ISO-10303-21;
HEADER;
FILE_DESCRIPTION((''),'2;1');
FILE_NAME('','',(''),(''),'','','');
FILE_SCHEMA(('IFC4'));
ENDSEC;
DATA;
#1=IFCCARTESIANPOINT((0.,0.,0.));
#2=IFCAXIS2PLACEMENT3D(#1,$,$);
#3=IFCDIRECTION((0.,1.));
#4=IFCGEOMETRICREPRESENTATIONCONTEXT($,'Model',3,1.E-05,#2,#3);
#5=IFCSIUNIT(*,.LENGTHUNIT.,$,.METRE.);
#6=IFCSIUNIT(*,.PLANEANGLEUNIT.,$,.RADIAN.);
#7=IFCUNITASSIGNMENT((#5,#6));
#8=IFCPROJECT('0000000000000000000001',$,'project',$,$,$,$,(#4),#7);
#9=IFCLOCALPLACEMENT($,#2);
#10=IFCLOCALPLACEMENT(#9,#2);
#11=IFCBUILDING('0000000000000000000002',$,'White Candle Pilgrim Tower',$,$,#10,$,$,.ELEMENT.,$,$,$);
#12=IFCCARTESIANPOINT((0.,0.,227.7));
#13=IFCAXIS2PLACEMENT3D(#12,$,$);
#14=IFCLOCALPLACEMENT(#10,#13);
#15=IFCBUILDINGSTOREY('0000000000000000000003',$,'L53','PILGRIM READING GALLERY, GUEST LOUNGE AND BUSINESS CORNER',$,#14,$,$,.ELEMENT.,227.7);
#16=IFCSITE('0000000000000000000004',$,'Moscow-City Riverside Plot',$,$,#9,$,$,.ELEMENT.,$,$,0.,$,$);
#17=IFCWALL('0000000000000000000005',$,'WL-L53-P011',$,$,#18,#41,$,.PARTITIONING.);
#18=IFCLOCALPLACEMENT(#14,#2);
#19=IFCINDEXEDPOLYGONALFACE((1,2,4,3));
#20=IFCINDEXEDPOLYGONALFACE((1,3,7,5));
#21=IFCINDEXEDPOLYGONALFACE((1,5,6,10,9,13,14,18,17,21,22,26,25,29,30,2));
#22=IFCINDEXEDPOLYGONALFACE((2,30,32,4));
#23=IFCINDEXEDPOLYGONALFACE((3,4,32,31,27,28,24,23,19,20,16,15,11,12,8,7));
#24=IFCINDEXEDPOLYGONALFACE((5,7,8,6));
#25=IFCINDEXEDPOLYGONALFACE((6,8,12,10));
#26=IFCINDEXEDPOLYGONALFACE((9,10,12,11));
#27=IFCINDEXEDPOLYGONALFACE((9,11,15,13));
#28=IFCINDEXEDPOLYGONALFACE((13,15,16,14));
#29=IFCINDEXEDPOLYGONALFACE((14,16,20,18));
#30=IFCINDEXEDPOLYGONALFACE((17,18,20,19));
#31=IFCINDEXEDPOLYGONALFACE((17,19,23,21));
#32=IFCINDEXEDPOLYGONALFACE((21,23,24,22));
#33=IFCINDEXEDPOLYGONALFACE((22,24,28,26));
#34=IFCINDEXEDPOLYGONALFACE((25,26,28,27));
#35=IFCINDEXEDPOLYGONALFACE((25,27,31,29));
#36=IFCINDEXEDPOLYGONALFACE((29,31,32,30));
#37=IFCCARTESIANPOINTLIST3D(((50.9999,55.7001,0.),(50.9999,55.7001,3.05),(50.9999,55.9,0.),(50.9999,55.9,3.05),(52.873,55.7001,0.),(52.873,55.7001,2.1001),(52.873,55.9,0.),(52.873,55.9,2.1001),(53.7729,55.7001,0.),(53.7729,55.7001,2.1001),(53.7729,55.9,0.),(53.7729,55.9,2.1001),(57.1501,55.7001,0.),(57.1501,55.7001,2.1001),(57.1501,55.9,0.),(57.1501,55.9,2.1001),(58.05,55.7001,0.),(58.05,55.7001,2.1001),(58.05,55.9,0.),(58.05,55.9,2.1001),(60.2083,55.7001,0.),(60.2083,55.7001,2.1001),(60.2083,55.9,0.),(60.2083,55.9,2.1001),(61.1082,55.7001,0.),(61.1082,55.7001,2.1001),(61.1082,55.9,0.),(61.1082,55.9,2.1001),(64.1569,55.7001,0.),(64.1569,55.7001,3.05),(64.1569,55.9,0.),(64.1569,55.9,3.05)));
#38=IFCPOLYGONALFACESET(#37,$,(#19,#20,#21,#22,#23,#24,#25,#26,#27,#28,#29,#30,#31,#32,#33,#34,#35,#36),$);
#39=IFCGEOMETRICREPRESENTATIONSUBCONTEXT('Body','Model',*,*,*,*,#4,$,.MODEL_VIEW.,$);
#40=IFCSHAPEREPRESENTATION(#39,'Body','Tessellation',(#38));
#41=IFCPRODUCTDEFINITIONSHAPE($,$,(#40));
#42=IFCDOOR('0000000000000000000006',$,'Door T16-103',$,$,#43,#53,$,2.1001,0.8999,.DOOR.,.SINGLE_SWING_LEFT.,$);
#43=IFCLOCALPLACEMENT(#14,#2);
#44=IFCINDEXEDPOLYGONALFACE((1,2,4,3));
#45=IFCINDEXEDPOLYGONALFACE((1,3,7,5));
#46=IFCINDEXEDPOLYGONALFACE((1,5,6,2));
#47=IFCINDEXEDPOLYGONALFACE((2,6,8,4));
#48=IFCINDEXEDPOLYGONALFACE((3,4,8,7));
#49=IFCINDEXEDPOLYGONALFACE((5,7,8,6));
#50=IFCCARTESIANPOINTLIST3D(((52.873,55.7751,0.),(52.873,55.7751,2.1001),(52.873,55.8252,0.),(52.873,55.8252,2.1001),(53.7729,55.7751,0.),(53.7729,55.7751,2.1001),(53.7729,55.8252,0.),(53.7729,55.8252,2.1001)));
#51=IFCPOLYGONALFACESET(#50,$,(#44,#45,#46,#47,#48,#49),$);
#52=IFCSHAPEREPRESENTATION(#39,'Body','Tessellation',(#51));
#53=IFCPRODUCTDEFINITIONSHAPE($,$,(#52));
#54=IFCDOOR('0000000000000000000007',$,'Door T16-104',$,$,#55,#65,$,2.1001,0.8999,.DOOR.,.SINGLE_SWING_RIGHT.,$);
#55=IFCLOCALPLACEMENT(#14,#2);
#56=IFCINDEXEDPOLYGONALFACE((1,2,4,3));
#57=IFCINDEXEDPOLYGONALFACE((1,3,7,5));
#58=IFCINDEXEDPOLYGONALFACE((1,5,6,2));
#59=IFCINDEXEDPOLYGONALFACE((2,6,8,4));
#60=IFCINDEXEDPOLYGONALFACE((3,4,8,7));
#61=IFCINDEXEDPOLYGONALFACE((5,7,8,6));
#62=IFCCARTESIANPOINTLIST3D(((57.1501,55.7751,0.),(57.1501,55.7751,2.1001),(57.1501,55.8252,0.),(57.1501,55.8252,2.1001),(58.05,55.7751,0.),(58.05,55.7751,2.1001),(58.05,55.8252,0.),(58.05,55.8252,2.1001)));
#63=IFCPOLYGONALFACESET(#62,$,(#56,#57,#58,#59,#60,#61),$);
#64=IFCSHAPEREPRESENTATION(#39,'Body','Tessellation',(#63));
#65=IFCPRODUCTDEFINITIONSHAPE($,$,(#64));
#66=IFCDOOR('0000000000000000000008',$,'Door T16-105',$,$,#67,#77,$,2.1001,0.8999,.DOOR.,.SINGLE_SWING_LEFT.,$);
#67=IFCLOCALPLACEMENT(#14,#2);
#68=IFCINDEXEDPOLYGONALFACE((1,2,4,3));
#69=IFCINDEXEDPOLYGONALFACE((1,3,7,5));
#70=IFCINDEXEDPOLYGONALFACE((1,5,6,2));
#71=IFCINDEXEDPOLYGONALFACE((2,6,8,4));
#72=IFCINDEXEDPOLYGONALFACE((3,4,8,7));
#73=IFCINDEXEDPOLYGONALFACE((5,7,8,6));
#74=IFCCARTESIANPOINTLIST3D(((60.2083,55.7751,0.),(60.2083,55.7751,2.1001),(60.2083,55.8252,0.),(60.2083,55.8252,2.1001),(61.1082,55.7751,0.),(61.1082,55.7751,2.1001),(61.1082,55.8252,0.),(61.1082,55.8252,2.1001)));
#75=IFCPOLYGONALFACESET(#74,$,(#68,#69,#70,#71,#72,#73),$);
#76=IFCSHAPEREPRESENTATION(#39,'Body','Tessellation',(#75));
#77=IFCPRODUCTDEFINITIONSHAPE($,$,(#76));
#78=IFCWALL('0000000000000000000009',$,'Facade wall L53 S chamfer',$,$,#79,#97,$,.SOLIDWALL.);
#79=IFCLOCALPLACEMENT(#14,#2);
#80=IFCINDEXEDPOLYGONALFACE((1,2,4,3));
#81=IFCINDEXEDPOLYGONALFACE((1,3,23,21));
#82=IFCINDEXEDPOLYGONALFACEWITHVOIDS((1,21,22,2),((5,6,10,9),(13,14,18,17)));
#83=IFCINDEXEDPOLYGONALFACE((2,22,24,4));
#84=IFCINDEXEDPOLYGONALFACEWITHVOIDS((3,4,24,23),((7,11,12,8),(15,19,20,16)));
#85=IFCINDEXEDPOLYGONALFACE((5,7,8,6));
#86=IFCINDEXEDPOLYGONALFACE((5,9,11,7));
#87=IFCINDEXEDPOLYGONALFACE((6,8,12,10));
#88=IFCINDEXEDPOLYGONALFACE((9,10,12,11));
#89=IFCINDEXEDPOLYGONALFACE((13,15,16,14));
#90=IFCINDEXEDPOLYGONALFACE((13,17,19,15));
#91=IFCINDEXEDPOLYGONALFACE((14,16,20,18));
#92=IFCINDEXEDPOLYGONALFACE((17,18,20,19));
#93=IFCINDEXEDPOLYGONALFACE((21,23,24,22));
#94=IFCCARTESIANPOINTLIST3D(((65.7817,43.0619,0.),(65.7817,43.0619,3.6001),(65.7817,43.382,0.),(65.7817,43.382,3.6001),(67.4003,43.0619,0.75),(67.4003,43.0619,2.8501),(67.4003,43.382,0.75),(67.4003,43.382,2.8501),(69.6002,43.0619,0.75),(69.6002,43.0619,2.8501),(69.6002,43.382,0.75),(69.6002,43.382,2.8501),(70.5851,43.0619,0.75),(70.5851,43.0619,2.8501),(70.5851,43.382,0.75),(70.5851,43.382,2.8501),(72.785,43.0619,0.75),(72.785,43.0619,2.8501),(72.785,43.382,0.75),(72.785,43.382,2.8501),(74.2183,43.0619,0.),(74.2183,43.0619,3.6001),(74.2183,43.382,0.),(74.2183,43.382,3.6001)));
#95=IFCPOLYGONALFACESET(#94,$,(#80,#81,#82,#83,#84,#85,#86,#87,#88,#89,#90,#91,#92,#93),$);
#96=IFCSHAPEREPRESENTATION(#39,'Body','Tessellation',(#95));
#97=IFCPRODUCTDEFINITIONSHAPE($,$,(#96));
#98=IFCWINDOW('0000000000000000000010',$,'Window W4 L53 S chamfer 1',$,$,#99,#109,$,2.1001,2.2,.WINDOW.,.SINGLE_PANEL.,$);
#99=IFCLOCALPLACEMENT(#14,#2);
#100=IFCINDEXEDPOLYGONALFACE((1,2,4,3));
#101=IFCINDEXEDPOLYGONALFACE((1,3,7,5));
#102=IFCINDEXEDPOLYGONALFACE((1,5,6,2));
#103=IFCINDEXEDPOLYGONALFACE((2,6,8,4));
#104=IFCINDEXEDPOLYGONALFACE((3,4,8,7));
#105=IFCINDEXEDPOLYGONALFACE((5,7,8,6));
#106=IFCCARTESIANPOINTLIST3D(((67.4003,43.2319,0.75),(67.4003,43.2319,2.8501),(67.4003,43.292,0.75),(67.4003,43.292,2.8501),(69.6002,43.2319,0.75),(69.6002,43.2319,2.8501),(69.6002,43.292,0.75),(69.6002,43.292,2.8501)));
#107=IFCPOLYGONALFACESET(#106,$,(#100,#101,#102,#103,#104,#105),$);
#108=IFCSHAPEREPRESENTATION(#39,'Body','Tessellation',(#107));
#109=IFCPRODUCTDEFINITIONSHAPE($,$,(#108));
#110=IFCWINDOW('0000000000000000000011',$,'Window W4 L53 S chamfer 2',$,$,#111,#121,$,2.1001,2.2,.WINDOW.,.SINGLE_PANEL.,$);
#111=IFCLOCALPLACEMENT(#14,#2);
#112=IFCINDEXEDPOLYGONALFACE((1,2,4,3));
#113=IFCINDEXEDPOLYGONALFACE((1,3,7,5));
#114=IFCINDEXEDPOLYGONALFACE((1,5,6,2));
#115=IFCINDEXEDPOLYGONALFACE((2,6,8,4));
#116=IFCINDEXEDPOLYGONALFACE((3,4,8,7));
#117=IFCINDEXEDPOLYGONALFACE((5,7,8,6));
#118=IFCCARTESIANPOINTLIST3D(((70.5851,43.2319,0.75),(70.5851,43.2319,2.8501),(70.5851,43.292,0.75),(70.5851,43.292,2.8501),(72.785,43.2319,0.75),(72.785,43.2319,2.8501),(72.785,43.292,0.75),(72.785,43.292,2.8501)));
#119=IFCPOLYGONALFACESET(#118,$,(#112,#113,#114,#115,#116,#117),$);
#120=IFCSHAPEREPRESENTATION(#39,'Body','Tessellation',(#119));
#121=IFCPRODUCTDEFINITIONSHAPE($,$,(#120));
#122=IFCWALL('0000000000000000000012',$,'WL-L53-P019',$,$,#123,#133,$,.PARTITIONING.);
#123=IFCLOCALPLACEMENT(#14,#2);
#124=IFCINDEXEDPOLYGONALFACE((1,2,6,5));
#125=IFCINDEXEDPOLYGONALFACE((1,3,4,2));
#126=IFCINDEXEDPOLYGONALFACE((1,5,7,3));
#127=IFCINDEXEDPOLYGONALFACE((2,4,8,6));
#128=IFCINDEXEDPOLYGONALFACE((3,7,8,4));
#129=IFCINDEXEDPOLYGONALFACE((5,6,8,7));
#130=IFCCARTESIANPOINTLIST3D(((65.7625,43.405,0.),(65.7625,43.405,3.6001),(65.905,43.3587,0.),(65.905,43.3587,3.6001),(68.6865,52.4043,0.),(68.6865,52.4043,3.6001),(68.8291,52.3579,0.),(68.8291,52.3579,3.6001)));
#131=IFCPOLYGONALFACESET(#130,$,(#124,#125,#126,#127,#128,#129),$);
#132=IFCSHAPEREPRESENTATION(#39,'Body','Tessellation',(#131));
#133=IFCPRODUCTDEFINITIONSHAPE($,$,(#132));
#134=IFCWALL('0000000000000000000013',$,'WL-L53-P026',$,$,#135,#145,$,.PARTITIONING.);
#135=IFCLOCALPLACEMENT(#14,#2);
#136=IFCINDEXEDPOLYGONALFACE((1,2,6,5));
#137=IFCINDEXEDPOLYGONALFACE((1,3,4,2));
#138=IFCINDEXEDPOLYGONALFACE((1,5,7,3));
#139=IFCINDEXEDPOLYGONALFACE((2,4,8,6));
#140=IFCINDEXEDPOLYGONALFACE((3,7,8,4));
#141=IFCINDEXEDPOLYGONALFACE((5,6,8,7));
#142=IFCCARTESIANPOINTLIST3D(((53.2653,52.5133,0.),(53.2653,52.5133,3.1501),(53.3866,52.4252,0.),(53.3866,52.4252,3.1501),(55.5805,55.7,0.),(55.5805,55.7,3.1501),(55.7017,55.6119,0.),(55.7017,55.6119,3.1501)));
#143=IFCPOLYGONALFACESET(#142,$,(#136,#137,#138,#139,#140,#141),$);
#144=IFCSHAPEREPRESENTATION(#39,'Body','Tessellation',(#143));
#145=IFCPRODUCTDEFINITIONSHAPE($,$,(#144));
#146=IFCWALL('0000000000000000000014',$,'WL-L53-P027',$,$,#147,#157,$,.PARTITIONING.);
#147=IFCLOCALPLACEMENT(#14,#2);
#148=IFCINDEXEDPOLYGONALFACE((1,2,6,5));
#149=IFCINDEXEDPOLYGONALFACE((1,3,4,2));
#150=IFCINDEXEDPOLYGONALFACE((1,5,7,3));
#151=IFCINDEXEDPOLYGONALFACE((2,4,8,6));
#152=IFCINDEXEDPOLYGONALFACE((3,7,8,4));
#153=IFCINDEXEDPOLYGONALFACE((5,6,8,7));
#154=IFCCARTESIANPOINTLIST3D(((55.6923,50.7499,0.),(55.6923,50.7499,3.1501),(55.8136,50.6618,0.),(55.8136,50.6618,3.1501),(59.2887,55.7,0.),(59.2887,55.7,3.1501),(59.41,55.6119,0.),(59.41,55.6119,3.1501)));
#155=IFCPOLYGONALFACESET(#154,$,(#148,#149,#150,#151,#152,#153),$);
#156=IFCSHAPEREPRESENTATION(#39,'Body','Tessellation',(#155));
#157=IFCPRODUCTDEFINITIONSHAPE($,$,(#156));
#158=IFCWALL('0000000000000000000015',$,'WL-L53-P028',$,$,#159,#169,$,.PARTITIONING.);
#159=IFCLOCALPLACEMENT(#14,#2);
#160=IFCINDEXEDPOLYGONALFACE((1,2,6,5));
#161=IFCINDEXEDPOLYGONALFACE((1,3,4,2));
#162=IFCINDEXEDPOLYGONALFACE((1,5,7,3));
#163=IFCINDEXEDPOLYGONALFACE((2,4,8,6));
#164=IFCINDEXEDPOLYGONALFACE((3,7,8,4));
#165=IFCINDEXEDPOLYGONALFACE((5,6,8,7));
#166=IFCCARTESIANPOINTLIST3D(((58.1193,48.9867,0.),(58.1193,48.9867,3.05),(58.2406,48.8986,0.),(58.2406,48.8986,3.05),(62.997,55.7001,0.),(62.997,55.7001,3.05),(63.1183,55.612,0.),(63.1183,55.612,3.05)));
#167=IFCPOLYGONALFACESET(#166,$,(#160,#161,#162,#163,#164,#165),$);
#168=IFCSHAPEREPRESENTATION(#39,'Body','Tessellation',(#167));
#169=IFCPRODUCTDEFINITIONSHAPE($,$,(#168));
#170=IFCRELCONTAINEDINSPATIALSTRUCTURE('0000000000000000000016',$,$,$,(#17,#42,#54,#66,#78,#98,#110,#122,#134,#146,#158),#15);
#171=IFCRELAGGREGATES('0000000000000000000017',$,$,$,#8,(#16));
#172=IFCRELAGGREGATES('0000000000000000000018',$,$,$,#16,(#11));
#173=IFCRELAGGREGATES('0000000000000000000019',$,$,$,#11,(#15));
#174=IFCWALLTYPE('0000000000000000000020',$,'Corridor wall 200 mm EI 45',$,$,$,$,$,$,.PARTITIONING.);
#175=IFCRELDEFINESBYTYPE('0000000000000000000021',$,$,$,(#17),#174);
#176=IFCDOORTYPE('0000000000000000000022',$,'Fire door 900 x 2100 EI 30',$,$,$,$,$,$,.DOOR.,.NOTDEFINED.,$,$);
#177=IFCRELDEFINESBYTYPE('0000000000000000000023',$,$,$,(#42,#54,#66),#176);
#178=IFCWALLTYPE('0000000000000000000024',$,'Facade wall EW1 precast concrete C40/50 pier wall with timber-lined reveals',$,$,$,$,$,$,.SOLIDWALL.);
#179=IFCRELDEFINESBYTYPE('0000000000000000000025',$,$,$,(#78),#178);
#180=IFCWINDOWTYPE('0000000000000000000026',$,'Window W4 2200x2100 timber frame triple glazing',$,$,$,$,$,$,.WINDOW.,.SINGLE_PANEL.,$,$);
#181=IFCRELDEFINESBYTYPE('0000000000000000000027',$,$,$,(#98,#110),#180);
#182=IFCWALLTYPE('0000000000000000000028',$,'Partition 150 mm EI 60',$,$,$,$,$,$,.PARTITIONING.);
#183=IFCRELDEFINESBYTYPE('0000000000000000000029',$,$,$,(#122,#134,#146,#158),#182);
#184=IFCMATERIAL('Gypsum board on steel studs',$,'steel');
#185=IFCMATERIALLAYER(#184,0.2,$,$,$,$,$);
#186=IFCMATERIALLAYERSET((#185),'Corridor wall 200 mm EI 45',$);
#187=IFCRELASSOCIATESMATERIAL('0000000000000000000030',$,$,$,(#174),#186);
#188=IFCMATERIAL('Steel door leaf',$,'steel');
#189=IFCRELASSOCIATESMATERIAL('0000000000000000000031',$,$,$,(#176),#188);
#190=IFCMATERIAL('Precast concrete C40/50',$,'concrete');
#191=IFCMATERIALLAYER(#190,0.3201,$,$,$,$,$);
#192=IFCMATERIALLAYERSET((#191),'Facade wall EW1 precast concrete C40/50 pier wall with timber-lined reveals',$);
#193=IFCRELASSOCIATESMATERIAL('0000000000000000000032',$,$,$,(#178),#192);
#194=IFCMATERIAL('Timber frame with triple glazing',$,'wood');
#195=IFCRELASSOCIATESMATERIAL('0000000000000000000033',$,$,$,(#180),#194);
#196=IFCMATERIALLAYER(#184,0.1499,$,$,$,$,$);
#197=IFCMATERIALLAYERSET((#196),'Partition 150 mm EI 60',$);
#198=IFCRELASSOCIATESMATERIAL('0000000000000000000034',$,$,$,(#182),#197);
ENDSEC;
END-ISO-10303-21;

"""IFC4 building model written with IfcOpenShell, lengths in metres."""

from ifc_helpers import new_model, si_unit, direction, frame, frame_2d, origin, place, context, subcontext, project, spatial, rectangle, extrude, material, layer, layer_set, type_object, element, fill, save


model = new_model("IFC4")

# Units and contexts
model_context = context("Model", 3, precision=1e-05, world=origin(), true_north=direction((0.0, 1.0)))
body_context = subcontext(model_context, "Body", "Model", "MODEL_VIEW")
ifc_project = project(units=[si_unit("LENGTHUNIT", "METRE"), si_unit("PLANEANGLEUNIT", "RADIAN")], contexts=[model_context])

# Site, building, storey
site_placement = place(None, origin())
site = spatial("IfcSite", under=ifc_project, at=site_placement, Name="Moscow-City Riverside Plot", CompositionType="ELEMENT", RefElevation=0.0)
building_placement = place(site_placement, origin())
building = spatial("IfcBuilding", under=site, at=building_placement, Name="White Candle Pilgrim Tower", CompositionType="ELEMENT")
storey_placement = place(building_placement, frame((0.0, 0.0, 227.7)))
storey = spatial("IfcBuildingStorey", under=building, at=storey_placement, Name="L53", Description="PILGRIM READING GALLERY, GUEST LOUNGE AND BUSINESS CORNER", CompositionType="ELEMENT", Elevation=227.7)

# Wall, openings, doors
ifc_material_1 = material(Name="Gypsum board on steel studs", Category="steel")
ifc_layer_1 = layer(ifc_material_1, 0.2)
ifc_layer_set_1 = layer_set([ifc_layer_1], Name="Corridor wall 200 mm EI 45")
wall_type_1 = type_object("IfcWallType", Name="Corridor wall 200 mm EI 45", PredefinedType="PARTITIONING", material=ifc_layer_set_1)
wall_1_placement = place(storey_placement, frame((64.157, 55.8, 0.0), z_axis=(0.0, 0.0, 1.0), x_axis=(-1.0, 0.0, 0.0)))
wall_1 = element("IfcWall", 1, at=wall_1_placement, inside=storey, type_object=wall_type_1, Name="WL-L53-P011", PredefinedType="PARTITIONING", context=body_context, shape_type="SweptSolid", body=[
    extrude(rectangle(XDim=13.157, YDim=0.2, at=frame_2d((6.5786, 0.0))), origin(), (0.0, 0.0, 1.0), 3.05),
])
opening_1_placement = place(wall_1_placement, frame((10.384, 0.0, 0.0)))
opening_1 = element("IfcOpeningElement", 2, at=opening_1_placement, cuts=wall_1, PredefinedType="OPENING", context=body_context, shape_type="SweptSolid", body=[
    extrude(rectangle(XDim=0.8999, YDim=2.1001, at=frame_2d((0.45, 1.05))), frame((0.0, 0.1099, 0.0), z_axis=(0.0, -1.0, 0.0), x_axis=(1.0, 0.0, 0.0)), (0.0, 0.0, 1.0), 0.22),
])
opening_2_placement = place(wall_1_placement, frame((6.1069, 0.0, 0.0)))
opening_2 = element("IfcOpeningElement", 3, at=opening_2_placement, cuts=wall_1, PredefinedType="OPENING", context=body_context, shape_type="SweptSolid", body=[
    extrude(rectangle(XDim=0.8999, YDim=2.1001, at=frame_2d((0.45, 1.05))), frame((0.0, 0.1099, 0.0), z_axis=(0.0, -1.0, 0.0), x_axis=(1.0, 0.0, 0.0)), (0.0, 0.0, 1.0), 0.22),
])
opening_3_placement = place(wall_1_placement, frame((3.0488, 0.0, 0.0)))
opening_3 = element("IfcOpeningElement", 4, at=opening_3_placement, cuts=wall_1, PredefinedType="OPENING", context=body_context, shape_type="SweptSolid", body=[
    extrude(rectangle(XDim=0.8999, YDim=2.1001, at=frame_2d((0.45, 1.05))), frame((0.0, 0.1099, 0.0), z_axis=(0.0, -1.0, 0.0), x_axis=(1.0, 0.0, 0.0)), (0.0, 0.0, 1.0), 0.22),
])
ifc_material_2 = material(Name="Steel door leaf", Category="steel")
door_type_1 = type_object("IfcDoorType", Name="Fire door 900 x 2100 EI 30", OperationType="NOTDEFINED", PredefinedType="DOOR", material=ifc_material_2)
door_1_placement = place(opening_1_placement, origin())
door_1 = element("IfcDoor", 5, at=door_1_placement, inside=storey, type_object=door_type_1, Name="Door T16-103", OperationType="SINGLE_SWING_LEFT", OverallHeight=2.1001, OverallWidth=0.8999, PredefinedType="DOOR", context=body_context, shape_type="SweptSolid", body=[
    extrude(rectangle(XDim=0.8999, YDim=2.1001, at=frame_2d((0.45, 1.05))), frame((0.0, 0.0249, 0.0), z_axis=(0.0, -1.0, 0.0), x_axis=(1.0, 0.0, 0.0)), (0.0, 0.0, 1.0), 0.05),
])
fill(opening_1, door_1)
door_2_placement = place(opening_2_placement, origin())
door_2 = element("IfcDoor", 6, at=door_2_placement, inside=storey, type_object=door_type_1, Name="Door T16-104", OperationType="SINGLE_SWING_RIGHT", OverallHeight=2.1001, OverallWidth=0.8999, PredefinedType="DOOR", context=body_context, shape_type="SweptSolid", body=[
    extrude(rectangle(XDim=0.8999, YDim=2.1001, at=frame_2d((0.45, 1.05))), frame((0.0, 0.0249, 0.0), z_axis=(0.0, -1.0, 0.0), x_axis=(1.0, 0.0, 0.0)), (0.0, 0.0, 1.0), 0.05),
])
fill(opening_2, door_2)
door_3_placement = place(opening_3_placement, origin())
door_3 = element("IfcDoor", 7, at=door_3_placement, inside=storey, type_object=door_type_1, Name="Door T16-105", OperationType="SINGLE_SWING_LEFT", OverallHeight=2.1001, OverallWidth=0.8999, PredefinedType="DOOR", context=body_context, shape_type="SweptSolid", body=[
    extrude(rectangle(XDim=0.8999, YDim=2.1001, at=frame_2d((0.45, 1.05))), frame((0.0, 0.0249, 0.0), z_axis=(0.0, -1.0, 0.0), x_axis=(1.0, 0.0, 0.0)), (0.0, 0.0, 1.0), 0.05),
])
fill(opening_3, door_3)

# Wall, openings, windows
ifc_material_3 = material(Name="Precast concrete C40/50", Category="concrete")
ifc_layer_2 = layer(ifc_material_3, 0.3201)
ifc_layer_set_2 = layer_set([ifc_layer_2], Name="Facade wall EW1 precast concrete C40/50 pier wall with timber-lined reveals")
wall_type_2 = type_object("IfcWallType", Name="Facade wall EW1 precast concrete C40/50 pier wall with timber-lined reveals", PredefinedType="SOLIDWALL", material=ifc_layer_set_2)
wall_2_placement = place(storey_placement, frame((65.7817, 43.2219, 0.0), z_axis=(0.0, 0.0, 1.0), x_axis=(1.0, 0.0, 0.0)))
wall_2 = element("IfcWall", 8, at=wall_2_placement, inside=storey, type_object=wall_type_2, Name="Facade wall L53 S chamfer", PredefinedType="SOLIDWALL", context=body_context, shape_type="SweptSolid", body=[
    extrude(rectangle(XDim=8.4365, YDim=0.3201, at=frame_2d((4.2183, 0.0))), origin(), (0.0, 0.0, 1.0), 3.6001),
])
opening_4_placement = place(wall_2_placement, frame((1.6184, 0.0, 0.75)))
opening_4 = element("IfcOpeningElement", 9, at=opening_4_placement, cuts=wall_2, PredefinedType="OPENING", context=body_context, shape_type="SweptSolid", body=[
    extrude(rectangle(XDim=2.2, YDim=2.1001, at=frame_2d((1.1001, 1.05))), frame((0.0, 0.1699, 0.0), z_axis=(0.0, -1.0, 0.0), x_axis=(1.0, 0.0, 0.0)), (0.0, 0.0, 1.0), 0.3401),
])
opening_5_placement = place(wall_2_placement, frame((4.8032, 0.0, 0.75)))
opening_5 = element("IfcOpeningElement", 10, at=opening_5_placement, cuts=wall_2, PredefinedType="OPENING", context=body_context, shape_type="SweptSolid", body=[
    extrude(rectangle(XDim=2.2, YDim=2.1001, at=frame_2d((1.1001, 1.05))), frame((0.0, 0.1699, 0.0), z_axis=(0.0, -1.0, 0.0), x_axis=(1.0, 0.0, 0.0)), (0.0, 0.0, 1.0), 0.3401),
])
ifc_material_4 = material(Name="Timber frame with triple glazing", Category="wood")
window_type = type_object("IfcWindowType", Name="Window W4 2200x2100 timber frame triple glazing", PartitioningType="SINGLE_PANEL", PredefinedType="WINDOW", material=ifc_material_4)
window_1_placement = place(opening_4_placement, origin())
window_1 = element("IfcWindow", 11, at=window_1_placement, inside=storey, type_object=window_type, Name="Window W4 L53 S chamfer 1", OverallHeight=2.1001, OverallWidth=2.2, PartitioningType="SINGLE_PANEL", PredefinedType="WINDOW", context=body_context, shape_type="SweptSolid", body=[
    extrude(rectangle(XDim=2.2, YDim=2.1001, at=frame_2d((1.1001, 1.05))), frame((0.0, 0.0701, 0.0), z_axis=(0.0, -1.0, 0.0), x_axis=(1.0, 0.0, 0.0)), (0.0, 0.0, 1.0), 0.0601),
])
fill(opening_4, window_1)
window_2_placement = place(opening_5_placement, origin())
window_2 = element("IfcWindow", 12, at=window_2_placement, inside=storey, type_object=window_type, Name="Window W4 L53 S chamfer 2", OverallHeight=2.1001, OverallWidth=2.2, PartitioningType="SINGLE_PANEL", PredefinedType="WINDOW", context=body_context, shape_type="SweptSolid", body=[
    extrude(rectangle(XDim=2.2, YDim=2.1001, at=frame_2d((1.1001, 1.05))), frame((0.0, 0.0701, 0.0), z_axis=(0.0, -1.0, 0.0), x_axis=(1.0, 0.0, 0.0)), (0.0, 0.0, 1.0), 0.0601),
])
fill(opening_5, window_2)

# Walls
ifc_layer_3 = layer(ifc_material_1, 0.1499)
ifc_layer_set_3 = layer_set([ifc_layer_3], Name="Partition 150 mm EI 60")
wall_type_3 = type_object("IfcWallType", Name="Partition 150 mm EI 60", PredefinedType="PARTITIONING", material=ifc_layer_set_3)
wall_3_placement = place(storey_placement, frame((65.8337, 43.3818, 0.0), z_axis=(0.0, 0.0, 1.0), x_axis=(0.30902, 0.951055, 0.0)))
element("IfcWall", 13, at=wall_3_placement, inside=storey, type_object=wall_type_3, Name="WL-L53-P019", PredefinedType="PARTITIONING", context=body_context, shape_type="SweptSolid", body=[
    extrude(rectangle(XDim=9.4624, YDim=0.1499, at=frame_2d((4.7312, 0.0))), origin(), (0.0, 0.0, 1.0), 3.6001),
])
wall_4_placement = place(storey_placement, frame((53.3259, 52.4692, 0.0), z_axis=(0.0, 0.0, 1.0), x_axis=(0.587763, 0.809033, 0.0)))
element("IfcWall", 14, at=wall_4_placement, inside=storey, type_object=wall_type_3, Name="WL-L53-P026", PredefinedType="PARTITIONING", context=body_context, shape_type="SweptSolid", body=[
    extrude(rectangle(XDim=3.939, YDim=0.1499, at=frame_2d((1.9695, 0.0))), origin(), (0.0, 0.0, 1.0), 3.1501),
])
wall_5_placement = place(storey_placement, frame((55.7529, 50.7058, 0.0), z_axis=(0.0, 0.0, 1.0), x_axis=(0.587775, 0.809024, 0.0)))
element("IfcWall", 15, at=wall_5_placement, inside=storey, type_object=wall_type_3, Name="WL-L53-P027", PredefinedType="PARTITIONING", context=body_context, shape_type="SweptSolid", body=[
    extrude(rectangle(XDim=6.1187, YDim=0.1499, at=frame_2d((3.0593, 0.0))), origin(), (0.0, 0.0, 1.0), 3.1501),
])
wall_6_placement = place(storey_placement, frame((58.1799, 48.9426, 0.0), z_axis=(0.0, 0.0, 1.0), x_axis=(0.587796, 0.80901, 0.0)))
element("IfcWall", 16, at=wall_6_placement, inside=storey, type_object=wall_type_3, Name="WL-L53-P028", PredefinedType="PARTITIONING", context=body_context, shape_type="SweptSolid", body=[
    extrude(rectangle(XDim=8.2983, YDim=0.1499, at=frame_2d((4.1492, 0.0))), origin(), (0.0, 0.0, 1.0), 3.05),
])

save(model, "model.ifc")
